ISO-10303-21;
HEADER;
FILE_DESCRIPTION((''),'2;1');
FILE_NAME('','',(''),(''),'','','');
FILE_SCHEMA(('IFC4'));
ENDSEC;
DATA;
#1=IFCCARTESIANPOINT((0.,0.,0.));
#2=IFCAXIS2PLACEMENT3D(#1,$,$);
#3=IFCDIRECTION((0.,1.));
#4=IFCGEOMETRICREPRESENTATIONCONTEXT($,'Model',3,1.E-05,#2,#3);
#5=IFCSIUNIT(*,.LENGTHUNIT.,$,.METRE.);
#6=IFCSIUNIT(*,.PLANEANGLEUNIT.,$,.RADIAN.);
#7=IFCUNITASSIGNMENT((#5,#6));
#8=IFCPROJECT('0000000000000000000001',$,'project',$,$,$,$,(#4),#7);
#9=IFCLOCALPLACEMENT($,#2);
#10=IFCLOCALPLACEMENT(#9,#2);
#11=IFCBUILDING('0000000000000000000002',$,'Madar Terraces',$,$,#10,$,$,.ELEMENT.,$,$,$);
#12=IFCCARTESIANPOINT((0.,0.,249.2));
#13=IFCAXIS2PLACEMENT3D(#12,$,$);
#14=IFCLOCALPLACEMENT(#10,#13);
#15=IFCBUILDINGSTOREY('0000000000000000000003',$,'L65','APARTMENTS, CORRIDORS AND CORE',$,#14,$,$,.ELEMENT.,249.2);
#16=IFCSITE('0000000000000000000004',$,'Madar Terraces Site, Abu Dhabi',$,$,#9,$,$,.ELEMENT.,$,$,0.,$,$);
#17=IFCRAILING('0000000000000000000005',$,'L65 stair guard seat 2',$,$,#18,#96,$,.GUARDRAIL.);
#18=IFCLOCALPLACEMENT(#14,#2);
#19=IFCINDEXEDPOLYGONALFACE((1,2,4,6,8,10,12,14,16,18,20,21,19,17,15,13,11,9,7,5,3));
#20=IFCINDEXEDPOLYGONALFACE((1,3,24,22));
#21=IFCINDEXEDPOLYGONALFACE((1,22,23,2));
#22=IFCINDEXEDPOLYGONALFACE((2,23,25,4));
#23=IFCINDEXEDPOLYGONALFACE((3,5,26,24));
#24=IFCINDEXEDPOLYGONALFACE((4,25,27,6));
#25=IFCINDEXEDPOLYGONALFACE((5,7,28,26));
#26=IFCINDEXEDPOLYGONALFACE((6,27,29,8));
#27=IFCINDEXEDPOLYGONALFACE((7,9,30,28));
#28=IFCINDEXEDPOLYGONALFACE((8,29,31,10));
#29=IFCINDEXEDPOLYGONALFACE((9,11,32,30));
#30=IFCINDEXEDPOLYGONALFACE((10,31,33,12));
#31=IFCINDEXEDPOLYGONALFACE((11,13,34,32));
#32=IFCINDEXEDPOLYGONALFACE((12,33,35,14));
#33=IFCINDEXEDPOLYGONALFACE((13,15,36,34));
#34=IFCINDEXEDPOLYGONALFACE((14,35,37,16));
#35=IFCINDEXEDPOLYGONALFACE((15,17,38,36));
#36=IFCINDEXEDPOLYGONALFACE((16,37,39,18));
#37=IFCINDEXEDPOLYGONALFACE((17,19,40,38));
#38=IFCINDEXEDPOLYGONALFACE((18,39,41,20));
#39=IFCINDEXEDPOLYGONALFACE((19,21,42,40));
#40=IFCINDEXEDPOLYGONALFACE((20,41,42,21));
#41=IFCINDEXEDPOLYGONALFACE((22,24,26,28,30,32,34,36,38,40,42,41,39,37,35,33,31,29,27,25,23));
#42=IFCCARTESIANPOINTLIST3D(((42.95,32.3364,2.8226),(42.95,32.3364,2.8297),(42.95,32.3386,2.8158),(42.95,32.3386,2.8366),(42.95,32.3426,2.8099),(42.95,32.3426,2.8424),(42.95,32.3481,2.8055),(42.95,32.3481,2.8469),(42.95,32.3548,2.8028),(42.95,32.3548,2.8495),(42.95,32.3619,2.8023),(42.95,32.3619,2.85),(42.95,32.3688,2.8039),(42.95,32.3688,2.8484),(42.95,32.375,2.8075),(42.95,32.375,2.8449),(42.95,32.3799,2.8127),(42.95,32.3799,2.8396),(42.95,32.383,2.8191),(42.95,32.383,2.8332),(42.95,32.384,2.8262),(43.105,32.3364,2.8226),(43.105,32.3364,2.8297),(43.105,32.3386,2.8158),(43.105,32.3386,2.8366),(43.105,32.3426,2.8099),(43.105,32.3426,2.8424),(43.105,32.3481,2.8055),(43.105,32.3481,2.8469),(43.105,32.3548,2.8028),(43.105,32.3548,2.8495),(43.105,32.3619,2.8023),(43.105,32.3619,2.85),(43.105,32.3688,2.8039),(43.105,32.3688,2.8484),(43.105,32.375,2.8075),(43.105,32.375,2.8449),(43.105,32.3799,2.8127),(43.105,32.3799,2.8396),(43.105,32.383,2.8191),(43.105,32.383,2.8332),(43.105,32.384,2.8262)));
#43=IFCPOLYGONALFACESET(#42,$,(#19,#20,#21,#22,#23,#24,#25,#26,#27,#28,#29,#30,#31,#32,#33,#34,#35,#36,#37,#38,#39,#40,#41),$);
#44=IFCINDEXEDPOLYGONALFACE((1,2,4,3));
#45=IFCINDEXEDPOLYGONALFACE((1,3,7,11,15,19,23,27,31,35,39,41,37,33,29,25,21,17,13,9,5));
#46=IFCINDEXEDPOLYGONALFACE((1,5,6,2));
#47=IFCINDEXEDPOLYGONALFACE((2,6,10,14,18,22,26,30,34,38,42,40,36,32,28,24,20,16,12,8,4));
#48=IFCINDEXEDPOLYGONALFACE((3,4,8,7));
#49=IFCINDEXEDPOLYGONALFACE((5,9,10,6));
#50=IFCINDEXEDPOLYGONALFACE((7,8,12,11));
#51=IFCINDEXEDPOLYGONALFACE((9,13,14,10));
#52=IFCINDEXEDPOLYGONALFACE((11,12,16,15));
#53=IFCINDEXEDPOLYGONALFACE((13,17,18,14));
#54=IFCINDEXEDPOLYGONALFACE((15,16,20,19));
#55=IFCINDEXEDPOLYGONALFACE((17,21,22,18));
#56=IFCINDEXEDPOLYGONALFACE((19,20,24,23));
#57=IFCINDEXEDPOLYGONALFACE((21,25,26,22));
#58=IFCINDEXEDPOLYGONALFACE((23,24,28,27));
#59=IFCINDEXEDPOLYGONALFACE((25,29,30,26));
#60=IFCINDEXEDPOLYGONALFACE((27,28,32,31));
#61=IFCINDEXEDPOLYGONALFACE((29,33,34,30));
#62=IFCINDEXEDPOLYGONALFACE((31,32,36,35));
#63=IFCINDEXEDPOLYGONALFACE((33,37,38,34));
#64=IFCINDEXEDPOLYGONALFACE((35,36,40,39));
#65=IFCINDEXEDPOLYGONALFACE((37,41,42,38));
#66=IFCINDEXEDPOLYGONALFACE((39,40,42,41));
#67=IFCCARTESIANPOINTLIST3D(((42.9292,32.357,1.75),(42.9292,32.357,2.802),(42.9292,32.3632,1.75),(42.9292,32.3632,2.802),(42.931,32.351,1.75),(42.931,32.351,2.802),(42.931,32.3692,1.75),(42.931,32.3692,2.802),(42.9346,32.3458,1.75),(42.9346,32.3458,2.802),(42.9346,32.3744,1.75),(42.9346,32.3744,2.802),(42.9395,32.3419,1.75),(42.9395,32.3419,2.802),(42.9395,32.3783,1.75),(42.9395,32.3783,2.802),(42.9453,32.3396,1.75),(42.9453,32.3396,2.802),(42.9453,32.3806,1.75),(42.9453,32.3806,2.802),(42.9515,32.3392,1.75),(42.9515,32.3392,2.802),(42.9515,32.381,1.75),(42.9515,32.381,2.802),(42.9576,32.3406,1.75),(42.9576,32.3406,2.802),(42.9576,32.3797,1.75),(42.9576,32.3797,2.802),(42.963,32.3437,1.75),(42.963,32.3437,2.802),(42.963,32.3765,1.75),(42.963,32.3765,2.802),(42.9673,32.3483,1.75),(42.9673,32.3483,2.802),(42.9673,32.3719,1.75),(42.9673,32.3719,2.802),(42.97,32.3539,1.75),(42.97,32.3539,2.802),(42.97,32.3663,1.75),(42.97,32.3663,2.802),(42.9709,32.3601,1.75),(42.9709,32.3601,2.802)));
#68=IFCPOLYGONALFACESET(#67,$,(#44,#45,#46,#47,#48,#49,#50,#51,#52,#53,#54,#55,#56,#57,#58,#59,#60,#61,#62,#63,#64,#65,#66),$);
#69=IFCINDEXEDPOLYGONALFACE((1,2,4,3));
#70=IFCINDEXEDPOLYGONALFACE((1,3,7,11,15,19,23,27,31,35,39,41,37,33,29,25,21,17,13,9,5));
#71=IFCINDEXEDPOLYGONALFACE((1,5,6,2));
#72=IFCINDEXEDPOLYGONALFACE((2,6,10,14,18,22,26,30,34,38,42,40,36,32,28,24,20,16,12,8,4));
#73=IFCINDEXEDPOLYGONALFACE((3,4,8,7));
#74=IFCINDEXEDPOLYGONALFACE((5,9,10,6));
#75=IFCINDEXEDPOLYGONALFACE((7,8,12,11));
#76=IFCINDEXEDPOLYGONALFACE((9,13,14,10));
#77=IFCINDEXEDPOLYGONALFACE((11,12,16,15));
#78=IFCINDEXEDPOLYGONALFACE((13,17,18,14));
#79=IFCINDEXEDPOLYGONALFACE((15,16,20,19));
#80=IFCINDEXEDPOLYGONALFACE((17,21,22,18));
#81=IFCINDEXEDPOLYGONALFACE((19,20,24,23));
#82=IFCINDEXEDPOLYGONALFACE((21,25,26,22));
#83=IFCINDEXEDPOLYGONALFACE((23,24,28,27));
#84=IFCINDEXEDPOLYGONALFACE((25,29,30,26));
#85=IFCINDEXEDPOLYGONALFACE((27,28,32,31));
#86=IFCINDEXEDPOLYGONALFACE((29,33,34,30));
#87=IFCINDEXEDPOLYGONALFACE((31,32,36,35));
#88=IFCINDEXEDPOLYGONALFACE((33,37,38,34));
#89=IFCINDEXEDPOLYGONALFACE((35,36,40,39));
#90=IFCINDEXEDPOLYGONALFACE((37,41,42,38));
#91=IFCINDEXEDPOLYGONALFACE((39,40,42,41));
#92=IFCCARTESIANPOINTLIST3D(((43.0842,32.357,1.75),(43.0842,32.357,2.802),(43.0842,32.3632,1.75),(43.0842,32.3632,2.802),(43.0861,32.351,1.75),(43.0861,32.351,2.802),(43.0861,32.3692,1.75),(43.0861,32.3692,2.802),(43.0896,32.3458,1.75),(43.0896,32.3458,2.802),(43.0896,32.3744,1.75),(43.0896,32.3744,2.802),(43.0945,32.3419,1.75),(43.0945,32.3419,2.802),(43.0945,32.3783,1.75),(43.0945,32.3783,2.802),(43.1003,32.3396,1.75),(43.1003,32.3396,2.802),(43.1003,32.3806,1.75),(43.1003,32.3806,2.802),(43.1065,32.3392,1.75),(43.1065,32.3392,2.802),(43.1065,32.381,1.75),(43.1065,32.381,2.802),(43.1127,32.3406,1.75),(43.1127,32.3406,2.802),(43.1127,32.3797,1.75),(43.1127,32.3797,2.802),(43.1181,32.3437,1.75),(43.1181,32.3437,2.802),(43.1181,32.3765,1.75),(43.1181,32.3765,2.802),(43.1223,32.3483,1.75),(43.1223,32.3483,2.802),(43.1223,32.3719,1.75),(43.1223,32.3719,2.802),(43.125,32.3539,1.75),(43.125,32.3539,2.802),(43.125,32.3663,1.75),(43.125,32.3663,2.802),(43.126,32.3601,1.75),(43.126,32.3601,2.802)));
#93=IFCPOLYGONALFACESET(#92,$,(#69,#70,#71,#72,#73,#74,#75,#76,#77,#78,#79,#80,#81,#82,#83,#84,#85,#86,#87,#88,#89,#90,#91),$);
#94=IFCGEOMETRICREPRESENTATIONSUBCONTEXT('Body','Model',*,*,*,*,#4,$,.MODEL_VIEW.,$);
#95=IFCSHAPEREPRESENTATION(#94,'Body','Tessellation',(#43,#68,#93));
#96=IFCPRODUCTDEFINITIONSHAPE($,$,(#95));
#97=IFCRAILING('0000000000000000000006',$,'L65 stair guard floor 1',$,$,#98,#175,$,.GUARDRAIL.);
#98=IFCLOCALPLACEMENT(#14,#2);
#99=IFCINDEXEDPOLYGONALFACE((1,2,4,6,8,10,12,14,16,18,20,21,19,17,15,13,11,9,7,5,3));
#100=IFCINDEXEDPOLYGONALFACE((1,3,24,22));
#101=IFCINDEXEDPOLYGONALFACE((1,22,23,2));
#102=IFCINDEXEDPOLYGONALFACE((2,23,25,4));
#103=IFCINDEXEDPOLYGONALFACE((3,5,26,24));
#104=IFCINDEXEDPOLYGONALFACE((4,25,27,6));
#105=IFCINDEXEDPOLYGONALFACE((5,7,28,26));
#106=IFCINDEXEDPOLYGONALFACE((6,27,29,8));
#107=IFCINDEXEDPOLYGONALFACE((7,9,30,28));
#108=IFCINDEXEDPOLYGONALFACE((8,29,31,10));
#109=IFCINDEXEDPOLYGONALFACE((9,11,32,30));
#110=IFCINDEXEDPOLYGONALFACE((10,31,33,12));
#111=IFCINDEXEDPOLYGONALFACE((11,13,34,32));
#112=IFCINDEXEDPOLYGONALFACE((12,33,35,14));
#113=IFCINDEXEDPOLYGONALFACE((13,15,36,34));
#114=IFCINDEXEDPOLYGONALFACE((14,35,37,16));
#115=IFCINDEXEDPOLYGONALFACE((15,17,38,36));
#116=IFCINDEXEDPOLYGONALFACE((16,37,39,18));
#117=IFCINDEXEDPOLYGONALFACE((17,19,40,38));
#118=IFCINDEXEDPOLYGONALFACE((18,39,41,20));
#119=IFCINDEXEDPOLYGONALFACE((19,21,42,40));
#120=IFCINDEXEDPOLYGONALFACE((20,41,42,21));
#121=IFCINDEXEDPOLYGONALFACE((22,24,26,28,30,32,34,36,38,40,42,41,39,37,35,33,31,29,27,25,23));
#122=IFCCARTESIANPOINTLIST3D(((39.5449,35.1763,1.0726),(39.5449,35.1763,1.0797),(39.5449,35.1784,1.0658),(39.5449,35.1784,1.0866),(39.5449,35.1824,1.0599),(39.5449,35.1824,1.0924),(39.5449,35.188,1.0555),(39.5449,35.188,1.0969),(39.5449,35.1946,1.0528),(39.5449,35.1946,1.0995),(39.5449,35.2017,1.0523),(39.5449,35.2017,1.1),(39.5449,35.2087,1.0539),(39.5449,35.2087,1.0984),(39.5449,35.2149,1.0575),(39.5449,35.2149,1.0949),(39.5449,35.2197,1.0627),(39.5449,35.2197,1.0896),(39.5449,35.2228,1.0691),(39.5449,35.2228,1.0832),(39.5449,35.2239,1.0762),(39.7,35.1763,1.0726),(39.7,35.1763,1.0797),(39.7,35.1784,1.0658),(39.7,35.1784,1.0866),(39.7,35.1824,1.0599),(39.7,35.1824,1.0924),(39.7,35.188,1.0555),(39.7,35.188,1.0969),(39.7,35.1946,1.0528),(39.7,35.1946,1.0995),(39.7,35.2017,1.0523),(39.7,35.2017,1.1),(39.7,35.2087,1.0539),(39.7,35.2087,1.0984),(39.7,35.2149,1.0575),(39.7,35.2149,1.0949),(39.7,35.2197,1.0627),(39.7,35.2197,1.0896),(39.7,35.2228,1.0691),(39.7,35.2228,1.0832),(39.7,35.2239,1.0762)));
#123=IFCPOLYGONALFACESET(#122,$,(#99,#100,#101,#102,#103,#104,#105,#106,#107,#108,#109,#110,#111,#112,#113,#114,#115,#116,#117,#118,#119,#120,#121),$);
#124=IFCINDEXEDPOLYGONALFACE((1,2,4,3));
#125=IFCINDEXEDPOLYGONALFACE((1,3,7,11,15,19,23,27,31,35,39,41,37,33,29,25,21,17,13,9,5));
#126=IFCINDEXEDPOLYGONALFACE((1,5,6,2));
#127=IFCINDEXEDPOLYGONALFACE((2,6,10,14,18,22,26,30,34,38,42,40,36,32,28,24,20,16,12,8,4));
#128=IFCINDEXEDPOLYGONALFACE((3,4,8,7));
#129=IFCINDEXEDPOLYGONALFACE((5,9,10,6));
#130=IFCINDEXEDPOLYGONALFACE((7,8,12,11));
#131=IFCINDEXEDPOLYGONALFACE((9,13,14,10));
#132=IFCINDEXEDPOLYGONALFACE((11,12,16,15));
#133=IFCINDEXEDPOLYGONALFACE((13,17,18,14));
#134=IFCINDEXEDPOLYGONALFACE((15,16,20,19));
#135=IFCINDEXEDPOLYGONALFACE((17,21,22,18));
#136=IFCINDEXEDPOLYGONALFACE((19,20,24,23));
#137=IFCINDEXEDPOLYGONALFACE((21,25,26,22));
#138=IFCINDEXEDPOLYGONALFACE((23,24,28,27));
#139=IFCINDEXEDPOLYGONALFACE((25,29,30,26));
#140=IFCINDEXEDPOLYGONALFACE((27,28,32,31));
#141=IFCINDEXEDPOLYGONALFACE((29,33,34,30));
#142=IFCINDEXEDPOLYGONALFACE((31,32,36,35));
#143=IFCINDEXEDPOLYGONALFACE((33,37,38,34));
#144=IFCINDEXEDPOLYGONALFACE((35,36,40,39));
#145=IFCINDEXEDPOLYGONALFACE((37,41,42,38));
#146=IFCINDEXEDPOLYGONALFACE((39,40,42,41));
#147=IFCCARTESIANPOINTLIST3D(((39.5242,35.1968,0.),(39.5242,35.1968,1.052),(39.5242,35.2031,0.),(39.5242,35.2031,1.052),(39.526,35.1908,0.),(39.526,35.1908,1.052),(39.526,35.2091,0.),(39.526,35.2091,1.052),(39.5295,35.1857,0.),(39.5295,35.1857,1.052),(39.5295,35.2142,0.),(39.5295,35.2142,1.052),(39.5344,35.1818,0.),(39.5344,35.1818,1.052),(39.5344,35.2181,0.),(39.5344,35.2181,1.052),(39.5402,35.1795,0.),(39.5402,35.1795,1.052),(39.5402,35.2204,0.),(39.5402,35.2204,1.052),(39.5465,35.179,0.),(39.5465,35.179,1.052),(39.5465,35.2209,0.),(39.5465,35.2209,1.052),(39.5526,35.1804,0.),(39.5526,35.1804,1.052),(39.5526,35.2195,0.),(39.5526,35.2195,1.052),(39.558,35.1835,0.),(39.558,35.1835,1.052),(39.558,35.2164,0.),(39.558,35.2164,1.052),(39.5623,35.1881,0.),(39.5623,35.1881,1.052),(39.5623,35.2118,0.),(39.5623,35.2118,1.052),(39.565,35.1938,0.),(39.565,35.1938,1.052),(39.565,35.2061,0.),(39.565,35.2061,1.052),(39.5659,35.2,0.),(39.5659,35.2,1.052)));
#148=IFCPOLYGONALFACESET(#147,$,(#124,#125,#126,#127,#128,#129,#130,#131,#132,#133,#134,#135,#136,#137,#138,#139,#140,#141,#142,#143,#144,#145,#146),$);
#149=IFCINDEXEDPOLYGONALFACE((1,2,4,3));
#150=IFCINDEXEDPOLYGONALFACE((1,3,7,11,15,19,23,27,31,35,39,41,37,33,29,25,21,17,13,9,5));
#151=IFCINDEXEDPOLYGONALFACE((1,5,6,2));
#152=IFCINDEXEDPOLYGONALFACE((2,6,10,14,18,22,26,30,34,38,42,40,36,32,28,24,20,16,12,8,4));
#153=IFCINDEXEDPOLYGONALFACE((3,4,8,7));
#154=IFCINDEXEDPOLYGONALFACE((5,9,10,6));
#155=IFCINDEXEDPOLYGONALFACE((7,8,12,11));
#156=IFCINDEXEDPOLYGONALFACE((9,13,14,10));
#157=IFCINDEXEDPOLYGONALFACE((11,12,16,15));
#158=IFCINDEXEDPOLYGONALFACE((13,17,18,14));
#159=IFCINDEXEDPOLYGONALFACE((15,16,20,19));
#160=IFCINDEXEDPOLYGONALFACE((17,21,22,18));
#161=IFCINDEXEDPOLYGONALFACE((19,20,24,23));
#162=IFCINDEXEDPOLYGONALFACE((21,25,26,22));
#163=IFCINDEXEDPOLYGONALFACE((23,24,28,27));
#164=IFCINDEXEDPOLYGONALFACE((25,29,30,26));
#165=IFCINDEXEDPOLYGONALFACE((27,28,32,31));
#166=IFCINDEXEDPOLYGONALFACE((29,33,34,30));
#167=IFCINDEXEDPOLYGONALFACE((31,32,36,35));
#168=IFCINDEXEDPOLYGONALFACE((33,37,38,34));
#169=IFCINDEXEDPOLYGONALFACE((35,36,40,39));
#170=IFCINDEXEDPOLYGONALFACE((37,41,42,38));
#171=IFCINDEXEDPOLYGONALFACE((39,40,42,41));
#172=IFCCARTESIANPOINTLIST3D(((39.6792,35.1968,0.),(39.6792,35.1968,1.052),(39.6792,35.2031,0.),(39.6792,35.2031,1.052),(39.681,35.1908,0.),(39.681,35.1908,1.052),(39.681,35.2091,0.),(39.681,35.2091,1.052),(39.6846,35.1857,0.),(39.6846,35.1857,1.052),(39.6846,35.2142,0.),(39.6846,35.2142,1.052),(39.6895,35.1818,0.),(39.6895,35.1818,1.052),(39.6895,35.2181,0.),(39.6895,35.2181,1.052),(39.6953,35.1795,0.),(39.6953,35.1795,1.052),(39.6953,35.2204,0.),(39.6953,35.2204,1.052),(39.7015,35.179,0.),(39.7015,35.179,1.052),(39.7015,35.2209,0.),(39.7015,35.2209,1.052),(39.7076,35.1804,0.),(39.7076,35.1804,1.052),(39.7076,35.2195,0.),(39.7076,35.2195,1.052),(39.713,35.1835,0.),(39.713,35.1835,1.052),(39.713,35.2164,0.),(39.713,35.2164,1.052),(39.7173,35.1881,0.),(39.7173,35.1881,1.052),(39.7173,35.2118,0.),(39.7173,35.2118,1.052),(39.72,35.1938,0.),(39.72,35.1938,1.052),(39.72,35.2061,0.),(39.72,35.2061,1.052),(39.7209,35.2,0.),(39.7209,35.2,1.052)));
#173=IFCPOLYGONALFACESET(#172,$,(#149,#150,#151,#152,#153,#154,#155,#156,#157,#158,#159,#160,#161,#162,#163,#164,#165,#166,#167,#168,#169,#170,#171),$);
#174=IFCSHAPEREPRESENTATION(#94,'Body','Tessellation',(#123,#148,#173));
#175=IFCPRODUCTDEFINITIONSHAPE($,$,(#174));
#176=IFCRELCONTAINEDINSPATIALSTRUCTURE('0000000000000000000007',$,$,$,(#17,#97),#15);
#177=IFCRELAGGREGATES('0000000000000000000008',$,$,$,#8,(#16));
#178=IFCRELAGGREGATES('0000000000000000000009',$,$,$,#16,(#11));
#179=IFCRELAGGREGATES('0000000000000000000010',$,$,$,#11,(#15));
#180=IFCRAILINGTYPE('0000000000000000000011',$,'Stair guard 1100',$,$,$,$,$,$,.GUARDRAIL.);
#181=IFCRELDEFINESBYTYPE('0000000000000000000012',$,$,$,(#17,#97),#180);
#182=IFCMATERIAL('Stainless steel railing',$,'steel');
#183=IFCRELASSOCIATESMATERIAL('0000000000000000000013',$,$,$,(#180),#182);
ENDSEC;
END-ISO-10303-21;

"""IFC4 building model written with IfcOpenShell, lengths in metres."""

from ifc_helpers import new_model, si_unit, direction, frame, origin, origin_2d, place, context, subcontext, project, spatial, circle, extrude, material, type_object, element, save


model = new_model("IFC4")

# Units and contexts
model_context = context("Model", 3, precision=1e-05, world=origin(), true_north=direction((0.0, 1.0)))
body_context = subcontext(model_context, "Body", "Model", "MODEL_VIEW")
ifc_project = project(units=[si_unit("LENGTHUNIT", "METRE"), si_unit("PLANEANGLEUNIT", "RADIAN")], contexts=[model_context])

# Site, building, storey
site_placement = place(None, origin())
site = spatial("IfcSite", under=ifc_project, at=site_placement, Name="Madar Terraces Site, Abu Dhabi", CompositionType="ELEMENT", RefElevation=0.0)
building_placement = place(site_placement, origin())
building = spatial("IfcBuilding", under=site, at=building_placement, Name="Madar Terraces", CompositionType="ELEMENT")
storey_placement = place(building_placement, frame((0.0, 0.0, 249.2)))
storey = spatial("IfcBuildingStorey", under=building, at=storey_placement, Name="L65", Description="APARTMENTS, CORRIDORS AND CORE", CompositionType="ELEMENT", Elevation=249.2)

# Railings
ifc_material_1 = material(Name="Stainless steel railing", Category="steel")
railing_type_1 = type_object("IfcRailingType", Name="Stair guard 1100", PredefinedType="GUARDRAIL", material=ifc_material_1)
for number, where, name in (
    (1, (42.95, 32.3601, 1.75), "L65 stair guard seat 2"),
    (2, (39.5449, 35.2, 0.0), "L65 stair guard floor 1"),
):
    element("IfcRailing", number, at=place(storey_placement, frame(where)), inside=storey, type_object=railing_type_1, Name=name, PredefinedType="GUARDRAIL", context=body_context, shape_type="SweptSolid", body=[
        extrude(circle(Radius=0.0239, at=origin_2d()), frame((0.0, 0.0, 1.0762), z_axis=(1.0, 0.0, 0.0), x_axis=(0.0, 1.0, 0.0)), (0.0, 0.0, 1.0), 0.155),
        extrude(circle(Radius=0.021, at=origin_2d()), origin(), (0.0, 0.0, 1.0), 1.052),
        extrude(circle(Radius=0.021, at=origin_2d()), frame((0.155, 0.0, 0.0)), (0.0, 0.0, 1.0), 1.052),
    ])

save(model, "model.ifc")
